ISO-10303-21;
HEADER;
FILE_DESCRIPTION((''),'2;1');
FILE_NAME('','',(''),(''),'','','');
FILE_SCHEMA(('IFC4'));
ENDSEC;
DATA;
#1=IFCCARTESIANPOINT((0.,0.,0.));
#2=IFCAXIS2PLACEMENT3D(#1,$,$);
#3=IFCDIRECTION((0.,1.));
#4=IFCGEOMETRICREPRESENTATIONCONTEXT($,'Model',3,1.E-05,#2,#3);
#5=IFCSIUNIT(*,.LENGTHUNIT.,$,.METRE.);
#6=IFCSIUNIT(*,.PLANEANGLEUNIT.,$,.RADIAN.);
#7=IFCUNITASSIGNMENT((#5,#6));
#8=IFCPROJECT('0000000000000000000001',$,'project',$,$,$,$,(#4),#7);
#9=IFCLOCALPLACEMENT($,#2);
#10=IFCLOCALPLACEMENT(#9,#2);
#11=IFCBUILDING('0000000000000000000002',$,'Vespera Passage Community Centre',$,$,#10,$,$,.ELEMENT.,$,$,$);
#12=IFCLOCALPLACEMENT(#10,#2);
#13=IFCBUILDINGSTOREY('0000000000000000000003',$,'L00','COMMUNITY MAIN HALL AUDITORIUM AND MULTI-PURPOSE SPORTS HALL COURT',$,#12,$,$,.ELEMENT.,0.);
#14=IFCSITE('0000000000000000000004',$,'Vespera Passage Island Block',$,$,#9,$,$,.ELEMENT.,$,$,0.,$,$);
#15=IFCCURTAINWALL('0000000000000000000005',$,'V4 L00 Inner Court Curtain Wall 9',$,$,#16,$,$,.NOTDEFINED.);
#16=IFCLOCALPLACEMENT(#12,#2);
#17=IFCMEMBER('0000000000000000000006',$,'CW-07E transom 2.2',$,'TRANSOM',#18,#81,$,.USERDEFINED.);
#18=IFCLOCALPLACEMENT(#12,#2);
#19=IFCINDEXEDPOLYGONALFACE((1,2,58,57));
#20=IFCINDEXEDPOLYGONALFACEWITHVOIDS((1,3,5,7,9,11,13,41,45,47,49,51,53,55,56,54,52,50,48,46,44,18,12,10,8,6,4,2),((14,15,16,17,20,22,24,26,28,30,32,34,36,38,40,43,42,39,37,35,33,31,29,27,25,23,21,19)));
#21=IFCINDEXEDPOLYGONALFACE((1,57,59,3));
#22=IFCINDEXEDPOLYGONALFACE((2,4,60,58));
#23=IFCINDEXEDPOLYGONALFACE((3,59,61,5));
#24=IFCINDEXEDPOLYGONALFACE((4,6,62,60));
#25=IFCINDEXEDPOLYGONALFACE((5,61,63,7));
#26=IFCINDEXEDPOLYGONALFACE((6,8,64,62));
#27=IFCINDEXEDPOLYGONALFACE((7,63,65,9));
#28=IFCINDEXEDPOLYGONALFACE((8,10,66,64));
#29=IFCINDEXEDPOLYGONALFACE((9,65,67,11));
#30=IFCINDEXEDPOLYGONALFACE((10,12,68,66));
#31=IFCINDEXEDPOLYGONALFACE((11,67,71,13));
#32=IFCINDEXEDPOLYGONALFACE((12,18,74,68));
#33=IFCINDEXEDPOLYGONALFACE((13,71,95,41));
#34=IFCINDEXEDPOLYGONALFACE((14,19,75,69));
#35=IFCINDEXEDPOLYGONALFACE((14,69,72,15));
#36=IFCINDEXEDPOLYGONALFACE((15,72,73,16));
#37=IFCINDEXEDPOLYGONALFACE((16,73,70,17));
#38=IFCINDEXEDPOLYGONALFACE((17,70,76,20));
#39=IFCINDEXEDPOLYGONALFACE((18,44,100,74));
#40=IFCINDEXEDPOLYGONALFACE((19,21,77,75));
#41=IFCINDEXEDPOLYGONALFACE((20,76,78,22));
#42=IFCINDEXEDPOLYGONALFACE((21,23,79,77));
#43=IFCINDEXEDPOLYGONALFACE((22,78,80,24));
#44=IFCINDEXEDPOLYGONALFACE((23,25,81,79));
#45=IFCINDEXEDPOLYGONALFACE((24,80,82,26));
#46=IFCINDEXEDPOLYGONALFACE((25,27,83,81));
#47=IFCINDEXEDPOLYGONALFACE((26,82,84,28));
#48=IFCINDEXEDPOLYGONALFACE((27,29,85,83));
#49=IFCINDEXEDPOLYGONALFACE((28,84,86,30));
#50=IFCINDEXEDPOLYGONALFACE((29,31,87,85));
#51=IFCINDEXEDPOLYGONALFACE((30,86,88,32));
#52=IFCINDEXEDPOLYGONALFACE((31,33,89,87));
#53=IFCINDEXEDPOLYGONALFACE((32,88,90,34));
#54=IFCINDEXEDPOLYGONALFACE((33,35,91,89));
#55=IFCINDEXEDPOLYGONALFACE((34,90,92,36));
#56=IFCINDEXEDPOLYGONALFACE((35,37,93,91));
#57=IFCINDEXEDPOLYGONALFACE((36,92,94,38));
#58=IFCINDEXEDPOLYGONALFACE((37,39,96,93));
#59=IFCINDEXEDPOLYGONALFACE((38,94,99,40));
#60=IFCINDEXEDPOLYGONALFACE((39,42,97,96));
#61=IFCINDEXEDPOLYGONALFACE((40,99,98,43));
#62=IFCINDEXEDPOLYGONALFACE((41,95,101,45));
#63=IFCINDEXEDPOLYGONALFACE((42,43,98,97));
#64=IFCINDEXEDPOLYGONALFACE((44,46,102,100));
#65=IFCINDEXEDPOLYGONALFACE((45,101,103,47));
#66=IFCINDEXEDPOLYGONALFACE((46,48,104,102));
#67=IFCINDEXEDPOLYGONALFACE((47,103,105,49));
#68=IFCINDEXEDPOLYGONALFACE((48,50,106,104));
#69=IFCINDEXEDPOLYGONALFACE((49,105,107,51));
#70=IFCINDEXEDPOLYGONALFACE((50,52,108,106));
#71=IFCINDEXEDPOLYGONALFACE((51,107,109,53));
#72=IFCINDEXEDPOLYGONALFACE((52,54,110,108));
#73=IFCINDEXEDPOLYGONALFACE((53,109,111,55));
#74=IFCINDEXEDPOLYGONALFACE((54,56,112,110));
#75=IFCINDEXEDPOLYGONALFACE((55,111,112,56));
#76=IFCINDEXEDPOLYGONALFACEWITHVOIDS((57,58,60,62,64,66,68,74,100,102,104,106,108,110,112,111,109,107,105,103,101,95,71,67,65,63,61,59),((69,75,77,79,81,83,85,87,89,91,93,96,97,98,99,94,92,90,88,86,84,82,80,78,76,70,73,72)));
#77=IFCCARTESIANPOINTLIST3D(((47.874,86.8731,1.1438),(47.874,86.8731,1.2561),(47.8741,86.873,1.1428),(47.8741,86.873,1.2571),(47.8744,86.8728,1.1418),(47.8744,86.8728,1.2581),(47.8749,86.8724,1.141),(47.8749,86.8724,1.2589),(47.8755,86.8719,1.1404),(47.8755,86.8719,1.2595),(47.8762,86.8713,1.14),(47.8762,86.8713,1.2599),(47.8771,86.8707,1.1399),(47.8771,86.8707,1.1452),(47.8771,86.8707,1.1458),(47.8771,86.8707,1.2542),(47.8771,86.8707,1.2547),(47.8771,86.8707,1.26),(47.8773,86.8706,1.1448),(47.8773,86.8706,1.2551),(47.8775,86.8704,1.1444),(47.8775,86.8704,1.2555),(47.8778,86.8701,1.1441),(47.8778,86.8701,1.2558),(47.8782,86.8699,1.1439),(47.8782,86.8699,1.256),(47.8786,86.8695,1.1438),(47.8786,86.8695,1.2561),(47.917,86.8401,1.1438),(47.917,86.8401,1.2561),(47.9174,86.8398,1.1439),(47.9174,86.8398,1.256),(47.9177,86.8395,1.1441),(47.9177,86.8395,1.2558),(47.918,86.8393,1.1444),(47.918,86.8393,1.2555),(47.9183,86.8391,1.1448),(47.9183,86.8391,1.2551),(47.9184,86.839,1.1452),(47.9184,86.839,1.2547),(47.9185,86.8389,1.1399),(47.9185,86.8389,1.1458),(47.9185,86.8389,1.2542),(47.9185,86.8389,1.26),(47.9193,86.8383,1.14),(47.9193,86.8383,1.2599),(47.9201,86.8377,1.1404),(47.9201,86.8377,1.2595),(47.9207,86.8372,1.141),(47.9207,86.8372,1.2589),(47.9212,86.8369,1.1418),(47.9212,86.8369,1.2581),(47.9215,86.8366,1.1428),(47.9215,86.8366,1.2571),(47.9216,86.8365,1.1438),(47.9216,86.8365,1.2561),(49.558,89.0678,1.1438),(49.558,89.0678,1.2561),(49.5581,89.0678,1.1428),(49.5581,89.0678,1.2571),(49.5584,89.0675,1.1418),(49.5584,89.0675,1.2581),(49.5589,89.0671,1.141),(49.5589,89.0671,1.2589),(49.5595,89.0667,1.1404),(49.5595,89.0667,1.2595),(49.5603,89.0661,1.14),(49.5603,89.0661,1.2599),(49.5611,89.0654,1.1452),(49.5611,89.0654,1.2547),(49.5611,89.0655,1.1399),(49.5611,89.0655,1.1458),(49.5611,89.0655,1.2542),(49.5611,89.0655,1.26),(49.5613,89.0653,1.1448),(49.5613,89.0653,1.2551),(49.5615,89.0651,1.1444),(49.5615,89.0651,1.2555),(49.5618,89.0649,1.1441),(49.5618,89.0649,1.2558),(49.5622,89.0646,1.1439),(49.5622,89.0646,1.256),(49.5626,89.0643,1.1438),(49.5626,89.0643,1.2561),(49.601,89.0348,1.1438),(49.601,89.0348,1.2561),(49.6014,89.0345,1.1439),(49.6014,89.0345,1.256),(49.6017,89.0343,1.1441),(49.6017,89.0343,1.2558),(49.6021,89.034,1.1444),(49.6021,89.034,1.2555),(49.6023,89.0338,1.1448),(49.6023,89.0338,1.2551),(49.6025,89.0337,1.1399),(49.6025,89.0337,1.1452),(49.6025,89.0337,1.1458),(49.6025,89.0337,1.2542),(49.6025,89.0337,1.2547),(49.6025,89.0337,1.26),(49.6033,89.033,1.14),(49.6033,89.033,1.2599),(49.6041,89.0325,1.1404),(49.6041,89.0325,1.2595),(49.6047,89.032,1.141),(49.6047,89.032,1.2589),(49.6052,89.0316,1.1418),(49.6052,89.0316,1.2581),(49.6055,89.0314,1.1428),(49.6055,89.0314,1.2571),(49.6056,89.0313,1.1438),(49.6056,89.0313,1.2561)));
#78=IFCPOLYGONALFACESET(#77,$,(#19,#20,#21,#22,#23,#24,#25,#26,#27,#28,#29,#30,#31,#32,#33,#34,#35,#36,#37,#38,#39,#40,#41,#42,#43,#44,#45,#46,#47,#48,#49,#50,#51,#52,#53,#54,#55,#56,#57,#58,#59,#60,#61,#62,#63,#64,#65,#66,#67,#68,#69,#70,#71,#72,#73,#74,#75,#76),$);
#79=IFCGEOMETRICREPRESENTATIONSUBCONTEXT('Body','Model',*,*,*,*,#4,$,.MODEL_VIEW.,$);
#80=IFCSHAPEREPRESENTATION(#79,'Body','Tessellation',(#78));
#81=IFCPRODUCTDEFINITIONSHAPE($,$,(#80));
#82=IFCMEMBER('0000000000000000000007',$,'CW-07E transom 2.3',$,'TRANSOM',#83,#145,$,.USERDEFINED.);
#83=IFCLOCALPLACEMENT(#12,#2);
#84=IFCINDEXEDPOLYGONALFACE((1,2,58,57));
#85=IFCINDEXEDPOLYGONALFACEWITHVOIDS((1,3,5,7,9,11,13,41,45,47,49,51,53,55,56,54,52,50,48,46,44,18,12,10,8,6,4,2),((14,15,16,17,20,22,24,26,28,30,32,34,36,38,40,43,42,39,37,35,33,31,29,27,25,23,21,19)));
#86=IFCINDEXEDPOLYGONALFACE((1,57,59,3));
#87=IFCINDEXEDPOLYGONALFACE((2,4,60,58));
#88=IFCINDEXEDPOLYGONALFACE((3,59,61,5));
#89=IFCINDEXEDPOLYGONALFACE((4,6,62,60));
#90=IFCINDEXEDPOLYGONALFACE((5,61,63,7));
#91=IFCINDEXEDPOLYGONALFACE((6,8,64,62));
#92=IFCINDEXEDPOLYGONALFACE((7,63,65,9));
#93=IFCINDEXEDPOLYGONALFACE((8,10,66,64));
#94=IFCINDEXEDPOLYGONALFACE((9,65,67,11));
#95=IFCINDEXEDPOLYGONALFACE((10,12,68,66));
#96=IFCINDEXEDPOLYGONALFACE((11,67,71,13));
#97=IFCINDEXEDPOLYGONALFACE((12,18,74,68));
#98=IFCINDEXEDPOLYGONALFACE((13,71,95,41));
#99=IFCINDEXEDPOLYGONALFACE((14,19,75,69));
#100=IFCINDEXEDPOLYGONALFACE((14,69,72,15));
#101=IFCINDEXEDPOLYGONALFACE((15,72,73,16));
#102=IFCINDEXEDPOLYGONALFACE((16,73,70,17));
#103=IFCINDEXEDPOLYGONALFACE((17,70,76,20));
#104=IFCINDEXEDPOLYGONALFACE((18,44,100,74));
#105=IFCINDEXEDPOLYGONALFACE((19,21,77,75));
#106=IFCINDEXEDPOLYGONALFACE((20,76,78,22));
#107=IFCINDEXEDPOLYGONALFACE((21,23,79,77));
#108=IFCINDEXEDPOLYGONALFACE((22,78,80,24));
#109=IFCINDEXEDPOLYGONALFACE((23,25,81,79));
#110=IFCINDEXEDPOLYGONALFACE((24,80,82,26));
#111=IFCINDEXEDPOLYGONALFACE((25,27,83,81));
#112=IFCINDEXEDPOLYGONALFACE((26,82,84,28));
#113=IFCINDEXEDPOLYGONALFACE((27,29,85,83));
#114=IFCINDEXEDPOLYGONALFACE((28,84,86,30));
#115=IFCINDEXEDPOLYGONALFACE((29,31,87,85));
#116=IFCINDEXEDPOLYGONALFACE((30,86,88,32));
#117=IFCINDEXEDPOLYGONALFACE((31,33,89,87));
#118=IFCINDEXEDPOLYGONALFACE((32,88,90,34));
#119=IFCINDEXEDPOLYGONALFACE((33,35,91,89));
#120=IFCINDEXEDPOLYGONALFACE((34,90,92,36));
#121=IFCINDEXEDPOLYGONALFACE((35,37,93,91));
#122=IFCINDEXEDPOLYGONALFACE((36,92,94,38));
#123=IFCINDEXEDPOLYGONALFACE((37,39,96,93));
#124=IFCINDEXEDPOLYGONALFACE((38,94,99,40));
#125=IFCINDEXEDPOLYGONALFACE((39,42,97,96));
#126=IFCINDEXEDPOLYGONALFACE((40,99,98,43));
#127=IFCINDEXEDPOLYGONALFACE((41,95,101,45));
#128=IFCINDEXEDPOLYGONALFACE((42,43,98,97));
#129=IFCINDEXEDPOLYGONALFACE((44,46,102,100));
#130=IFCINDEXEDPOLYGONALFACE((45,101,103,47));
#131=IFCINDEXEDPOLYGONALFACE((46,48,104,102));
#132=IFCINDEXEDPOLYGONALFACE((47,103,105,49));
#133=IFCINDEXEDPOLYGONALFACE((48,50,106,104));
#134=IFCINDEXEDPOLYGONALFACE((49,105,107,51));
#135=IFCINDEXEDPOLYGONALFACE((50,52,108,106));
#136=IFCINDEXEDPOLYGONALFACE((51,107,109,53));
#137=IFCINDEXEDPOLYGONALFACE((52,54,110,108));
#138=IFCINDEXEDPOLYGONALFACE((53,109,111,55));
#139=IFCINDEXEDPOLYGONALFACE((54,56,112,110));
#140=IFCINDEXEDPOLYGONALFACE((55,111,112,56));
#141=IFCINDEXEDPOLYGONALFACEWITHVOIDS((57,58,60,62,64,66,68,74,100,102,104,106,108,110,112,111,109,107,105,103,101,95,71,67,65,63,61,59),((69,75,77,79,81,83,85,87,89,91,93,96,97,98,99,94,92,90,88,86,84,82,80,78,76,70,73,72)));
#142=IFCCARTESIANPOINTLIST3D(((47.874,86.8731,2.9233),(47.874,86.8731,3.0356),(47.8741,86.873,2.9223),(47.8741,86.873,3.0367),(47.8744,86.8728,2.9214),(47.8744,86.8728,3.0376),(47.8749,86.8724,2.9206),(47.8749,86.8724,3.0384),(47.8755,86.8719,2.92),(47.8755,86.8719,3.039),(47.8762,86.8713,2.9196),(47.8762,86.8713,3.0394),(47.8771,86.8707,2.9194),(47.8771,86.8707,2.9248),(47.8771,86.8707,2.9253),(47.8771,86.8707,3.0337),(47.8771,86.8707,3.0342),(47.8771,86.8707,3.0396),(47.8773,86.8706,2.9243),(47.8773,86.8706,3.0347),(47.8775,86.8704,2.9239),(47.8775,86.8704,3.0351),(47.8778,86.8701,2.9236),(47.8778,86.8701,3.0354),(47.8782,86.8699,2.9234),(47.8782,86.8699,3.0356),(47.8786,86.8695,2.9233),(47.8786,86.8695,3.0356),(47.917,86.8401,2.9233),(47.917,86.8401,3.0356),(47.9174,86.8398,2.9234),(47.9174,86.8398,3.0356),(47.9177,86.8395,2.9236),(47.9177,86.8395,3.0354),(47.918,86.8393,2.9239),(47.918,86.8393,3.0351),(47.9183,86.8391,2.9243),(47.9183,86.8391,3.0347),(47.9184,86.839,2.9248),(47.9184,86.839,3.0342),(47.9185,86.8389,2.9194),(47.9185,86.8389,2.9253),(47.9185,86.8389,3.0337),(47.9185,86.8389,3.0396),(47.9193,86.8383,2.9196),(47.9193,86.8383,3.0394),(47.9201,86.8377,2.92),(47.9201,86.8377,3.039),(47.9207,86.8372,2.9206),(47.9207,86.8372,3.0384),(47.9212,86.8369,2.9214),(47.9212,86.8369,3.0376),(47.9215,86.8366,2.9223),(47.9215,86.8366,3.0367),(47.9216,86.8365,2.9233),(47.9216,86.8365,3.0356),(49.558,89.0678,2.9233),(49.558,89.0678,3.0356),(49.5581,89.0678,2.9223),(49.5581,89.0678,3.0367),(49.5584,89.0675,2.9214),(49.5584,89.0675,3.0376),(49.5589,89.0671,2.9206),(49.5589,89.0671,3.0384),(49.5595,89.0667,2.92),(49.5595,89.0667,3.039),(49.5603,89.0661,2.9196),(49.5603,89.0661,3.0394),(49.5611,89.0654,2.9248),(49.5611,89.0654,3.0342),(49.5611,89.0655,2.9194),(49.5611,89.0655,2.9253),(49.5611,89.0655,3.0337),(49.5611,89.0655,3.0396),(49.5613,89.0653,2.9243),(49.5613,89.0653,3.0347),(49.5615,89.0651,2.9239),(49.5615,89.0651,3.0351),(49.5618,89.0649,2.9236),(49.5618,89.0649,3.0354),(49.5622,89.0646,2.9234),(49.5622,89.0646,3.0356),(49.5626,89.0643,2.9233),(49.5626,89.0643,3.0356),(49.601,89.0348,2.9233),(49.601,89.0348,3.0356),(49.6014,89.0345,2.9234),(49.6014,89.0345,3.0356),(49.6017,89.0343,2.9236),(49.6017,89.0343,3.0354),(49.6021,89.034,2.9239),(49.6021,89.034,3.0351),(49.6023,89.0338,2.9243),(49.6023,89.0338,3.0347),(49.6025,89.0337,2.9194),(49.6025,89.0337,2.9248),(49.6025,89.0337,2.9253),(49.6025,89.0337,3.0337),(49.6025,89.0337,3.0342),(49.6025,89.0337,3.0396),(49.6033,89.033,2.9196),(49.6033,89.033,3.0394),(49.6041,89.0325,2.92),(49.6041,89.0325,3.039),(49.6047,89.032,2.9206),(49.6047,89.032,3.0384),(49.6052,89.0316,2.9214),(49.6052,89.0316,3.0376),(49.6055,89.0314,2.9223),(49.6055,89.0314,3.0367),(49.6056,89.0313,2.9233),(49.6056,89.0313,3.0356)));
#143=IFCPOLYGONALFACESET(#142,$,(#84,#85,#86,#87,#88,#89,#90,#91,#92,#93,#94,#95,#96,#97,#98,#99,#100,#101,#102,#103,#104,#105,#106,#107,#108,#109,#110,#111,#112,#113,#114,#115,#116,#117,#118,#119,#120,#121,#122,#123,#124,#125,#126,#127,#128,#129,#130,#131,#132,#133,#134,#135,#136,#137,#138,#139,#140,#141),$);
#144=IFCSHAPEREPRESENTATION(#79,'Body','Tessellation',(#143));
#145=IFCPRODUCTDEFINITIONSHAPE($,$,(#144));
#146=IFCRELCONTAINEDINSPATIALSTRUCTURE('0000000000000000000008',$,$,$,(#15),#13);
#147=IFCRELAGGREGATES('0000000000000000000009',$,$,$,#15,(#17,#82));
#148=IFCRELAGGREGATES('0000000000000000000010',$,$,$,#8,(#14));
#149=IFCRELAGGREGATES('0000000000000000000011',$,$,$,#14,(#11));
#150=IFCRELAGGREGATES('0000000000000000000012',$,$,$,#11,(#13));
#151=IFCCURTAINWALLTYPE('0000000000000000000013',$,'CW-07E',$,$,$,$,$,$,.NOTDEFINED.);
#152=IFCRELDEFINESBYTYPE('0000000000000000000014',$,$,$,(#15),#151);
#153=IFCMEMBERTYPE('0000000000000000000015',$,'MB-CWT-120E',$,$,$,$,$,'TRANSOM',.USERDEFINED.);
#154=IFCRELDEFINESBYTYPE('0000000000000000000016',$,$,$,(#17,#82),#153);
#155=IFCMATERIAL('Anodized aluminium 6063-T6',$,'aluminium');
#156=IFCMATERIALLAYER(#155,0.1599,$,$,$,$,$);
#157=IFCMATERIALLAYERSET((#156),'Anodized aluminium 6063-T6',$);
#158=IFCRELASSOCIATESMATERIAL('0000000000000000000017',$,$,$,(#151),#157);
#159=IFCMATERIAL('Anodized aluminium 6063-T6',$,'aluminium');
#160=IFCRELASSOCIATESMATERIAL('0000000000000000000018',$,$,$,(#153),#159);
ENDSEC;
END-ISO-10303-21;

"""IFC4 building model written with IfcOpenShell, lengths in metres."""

from ifc_helpers import new_model, si_unit, direction, frame, origin, origin_2d, place, context, subcontext, project, spatial, hollow_rectangle, extrude, material, layer, layer_set, material_profile, profile_set, type_object, element, aggregate, save


model = new_model("IFC4")

# Units and contexts
model_context = context("Model", 3, precision=1e-05, world=origin(), true_north=direction((0.0, 1.0)))
body_context = subcontext(model_context, "Body", "Model", "MODEL_VIEW")
ifc_project = project(units=[si_unit("LENGTHUNIT", "METRE"), si_unit("PLANEANGLEUNIT", "RADIAN")], contexts=[model_context])

# Site, building, storey
site_placement = place(None, origin())
site = spatial("IfcSite", under=ifc_project, at=site_placement, Name="Vespera Passage Island Block", CompositionType="ELEMENT", RefElevation=0.0)
building_placement = place(site_placement, origin())
building = spatial("IfcBuilding", under=site, at=building_placement, Name="Vespera Passage Community Centre", CompositionType="ELEMENT")
storey_placement = place(building_placement, origin())
storey = spatial("IfcBuildingStorey", under=building, at=storey_placement, Name="L00", Description="COMMUNITY MAIN HALL AUDITORIUM AND MULTI-PURPOSE SPORTS HALL COURT", CompositionType="ELEMENT", Elevation=0.0)

# Curtain wall, members
ifc_material_1 = material(Name="Anodized aluminium 6063-T6", Category="aluminium")
ifc_layer_1 = layer(ifc_material_1, 0.1599)
ifc_layer_set_1 = layer_set([ifc_layer_1], Name="Anodized aluminium 6063-T6")
curtain_wall_type_1 = type_object("IfcCurtainWallType", Name="CW-07E", PredefinedType="NOTDEFINED", material=ifc_layer_set_1)
curtain_wall_1_placement = place(storey_placement, origin())
curtain_wall_1 = element("IfcCurtainWall", 1, at=curtain_wall_1_placement, inside=storey, type_object=curtain_wall_type_1, Name="V4 L00 Inner Court Curtain Wall 9", PredefinedType="NOTDEFINED")
ifc_material_2 = material(Name="Anodized aluminium 6063-T6", Category="aluminium")
ifc_material_profile_1 = material_profile(ifc_material_2, hollow_rectangle(XDim=0.0601, YDim=0.1201, WallThickness=0.0039, InnerFilletRadius=0.002, OuterFilletRadius=0.0039, at=origin_2d()), Name="ALU120X60X4")
ifc_profile_set_1 = profile_set([ifc_material_profile_1], Name="Anodized aluminium 6063-T6")
member_type_1 = type_object("IfcMemberType", Name="MB-CWT-120E", ElementType="TRANSOM", PredefinedType="USERDEFINED", material=ifc_profile_set_1)
member_1_placement = place(storey_placement, frame((49.5818, 89.0496, 1.2), z_axis=(-0.608746, -0.793365, 0.0), x_axis=(0.793365, -0.608746, 0.0)))
member_1 = element("IfcMember", 2, at=member_1_placement, type_object=member_type_1, Name="CW-07E transom 2.2", ObjectType="TRANSOM", PredefinedType="USERDEFINED", context=body_context, shape_type="SweptSolid", body=[
    extrude(hollow_rectangle(XDim=0.0601, YDim=0.1201, WallThickness=0.0039, InnerFilletRadius=0.002, OuterFilletRadius=0.0039, at=origin_2d()), origin(), (0.0, 0.0, 1.0), 2.7664),
])
member_2_placement = place(storey_placement, frame((49.5818, 89.0496, 2.9795), z_axis=(-0.608746, -0.793365, 0.0), x_axis=(0.793365, -0.608746, 0.0)))
member_2 = element("IfcMember", 3, at=member_2_placement, type_object=member_type_1, Name="CW-07E transom 2.3", ObjectType="TRANSOM", PredefinedType="USERDEFINED", context=body_context, shape_type="SweptSolid", body=[
    extrude(hollow_rectangle(XDim=0.0601, YDim=0.1201, WallThickness=0.0039, InnerFilletRadius=0.002, OuterFilletRadius=0.0039, at=origin_2d()), origin(), (0.0, 0.0, 1.0), 2.7664),
])
aggregate(curtain_wall_1, [member_1, member_2])

save(model, "model.ifc")
